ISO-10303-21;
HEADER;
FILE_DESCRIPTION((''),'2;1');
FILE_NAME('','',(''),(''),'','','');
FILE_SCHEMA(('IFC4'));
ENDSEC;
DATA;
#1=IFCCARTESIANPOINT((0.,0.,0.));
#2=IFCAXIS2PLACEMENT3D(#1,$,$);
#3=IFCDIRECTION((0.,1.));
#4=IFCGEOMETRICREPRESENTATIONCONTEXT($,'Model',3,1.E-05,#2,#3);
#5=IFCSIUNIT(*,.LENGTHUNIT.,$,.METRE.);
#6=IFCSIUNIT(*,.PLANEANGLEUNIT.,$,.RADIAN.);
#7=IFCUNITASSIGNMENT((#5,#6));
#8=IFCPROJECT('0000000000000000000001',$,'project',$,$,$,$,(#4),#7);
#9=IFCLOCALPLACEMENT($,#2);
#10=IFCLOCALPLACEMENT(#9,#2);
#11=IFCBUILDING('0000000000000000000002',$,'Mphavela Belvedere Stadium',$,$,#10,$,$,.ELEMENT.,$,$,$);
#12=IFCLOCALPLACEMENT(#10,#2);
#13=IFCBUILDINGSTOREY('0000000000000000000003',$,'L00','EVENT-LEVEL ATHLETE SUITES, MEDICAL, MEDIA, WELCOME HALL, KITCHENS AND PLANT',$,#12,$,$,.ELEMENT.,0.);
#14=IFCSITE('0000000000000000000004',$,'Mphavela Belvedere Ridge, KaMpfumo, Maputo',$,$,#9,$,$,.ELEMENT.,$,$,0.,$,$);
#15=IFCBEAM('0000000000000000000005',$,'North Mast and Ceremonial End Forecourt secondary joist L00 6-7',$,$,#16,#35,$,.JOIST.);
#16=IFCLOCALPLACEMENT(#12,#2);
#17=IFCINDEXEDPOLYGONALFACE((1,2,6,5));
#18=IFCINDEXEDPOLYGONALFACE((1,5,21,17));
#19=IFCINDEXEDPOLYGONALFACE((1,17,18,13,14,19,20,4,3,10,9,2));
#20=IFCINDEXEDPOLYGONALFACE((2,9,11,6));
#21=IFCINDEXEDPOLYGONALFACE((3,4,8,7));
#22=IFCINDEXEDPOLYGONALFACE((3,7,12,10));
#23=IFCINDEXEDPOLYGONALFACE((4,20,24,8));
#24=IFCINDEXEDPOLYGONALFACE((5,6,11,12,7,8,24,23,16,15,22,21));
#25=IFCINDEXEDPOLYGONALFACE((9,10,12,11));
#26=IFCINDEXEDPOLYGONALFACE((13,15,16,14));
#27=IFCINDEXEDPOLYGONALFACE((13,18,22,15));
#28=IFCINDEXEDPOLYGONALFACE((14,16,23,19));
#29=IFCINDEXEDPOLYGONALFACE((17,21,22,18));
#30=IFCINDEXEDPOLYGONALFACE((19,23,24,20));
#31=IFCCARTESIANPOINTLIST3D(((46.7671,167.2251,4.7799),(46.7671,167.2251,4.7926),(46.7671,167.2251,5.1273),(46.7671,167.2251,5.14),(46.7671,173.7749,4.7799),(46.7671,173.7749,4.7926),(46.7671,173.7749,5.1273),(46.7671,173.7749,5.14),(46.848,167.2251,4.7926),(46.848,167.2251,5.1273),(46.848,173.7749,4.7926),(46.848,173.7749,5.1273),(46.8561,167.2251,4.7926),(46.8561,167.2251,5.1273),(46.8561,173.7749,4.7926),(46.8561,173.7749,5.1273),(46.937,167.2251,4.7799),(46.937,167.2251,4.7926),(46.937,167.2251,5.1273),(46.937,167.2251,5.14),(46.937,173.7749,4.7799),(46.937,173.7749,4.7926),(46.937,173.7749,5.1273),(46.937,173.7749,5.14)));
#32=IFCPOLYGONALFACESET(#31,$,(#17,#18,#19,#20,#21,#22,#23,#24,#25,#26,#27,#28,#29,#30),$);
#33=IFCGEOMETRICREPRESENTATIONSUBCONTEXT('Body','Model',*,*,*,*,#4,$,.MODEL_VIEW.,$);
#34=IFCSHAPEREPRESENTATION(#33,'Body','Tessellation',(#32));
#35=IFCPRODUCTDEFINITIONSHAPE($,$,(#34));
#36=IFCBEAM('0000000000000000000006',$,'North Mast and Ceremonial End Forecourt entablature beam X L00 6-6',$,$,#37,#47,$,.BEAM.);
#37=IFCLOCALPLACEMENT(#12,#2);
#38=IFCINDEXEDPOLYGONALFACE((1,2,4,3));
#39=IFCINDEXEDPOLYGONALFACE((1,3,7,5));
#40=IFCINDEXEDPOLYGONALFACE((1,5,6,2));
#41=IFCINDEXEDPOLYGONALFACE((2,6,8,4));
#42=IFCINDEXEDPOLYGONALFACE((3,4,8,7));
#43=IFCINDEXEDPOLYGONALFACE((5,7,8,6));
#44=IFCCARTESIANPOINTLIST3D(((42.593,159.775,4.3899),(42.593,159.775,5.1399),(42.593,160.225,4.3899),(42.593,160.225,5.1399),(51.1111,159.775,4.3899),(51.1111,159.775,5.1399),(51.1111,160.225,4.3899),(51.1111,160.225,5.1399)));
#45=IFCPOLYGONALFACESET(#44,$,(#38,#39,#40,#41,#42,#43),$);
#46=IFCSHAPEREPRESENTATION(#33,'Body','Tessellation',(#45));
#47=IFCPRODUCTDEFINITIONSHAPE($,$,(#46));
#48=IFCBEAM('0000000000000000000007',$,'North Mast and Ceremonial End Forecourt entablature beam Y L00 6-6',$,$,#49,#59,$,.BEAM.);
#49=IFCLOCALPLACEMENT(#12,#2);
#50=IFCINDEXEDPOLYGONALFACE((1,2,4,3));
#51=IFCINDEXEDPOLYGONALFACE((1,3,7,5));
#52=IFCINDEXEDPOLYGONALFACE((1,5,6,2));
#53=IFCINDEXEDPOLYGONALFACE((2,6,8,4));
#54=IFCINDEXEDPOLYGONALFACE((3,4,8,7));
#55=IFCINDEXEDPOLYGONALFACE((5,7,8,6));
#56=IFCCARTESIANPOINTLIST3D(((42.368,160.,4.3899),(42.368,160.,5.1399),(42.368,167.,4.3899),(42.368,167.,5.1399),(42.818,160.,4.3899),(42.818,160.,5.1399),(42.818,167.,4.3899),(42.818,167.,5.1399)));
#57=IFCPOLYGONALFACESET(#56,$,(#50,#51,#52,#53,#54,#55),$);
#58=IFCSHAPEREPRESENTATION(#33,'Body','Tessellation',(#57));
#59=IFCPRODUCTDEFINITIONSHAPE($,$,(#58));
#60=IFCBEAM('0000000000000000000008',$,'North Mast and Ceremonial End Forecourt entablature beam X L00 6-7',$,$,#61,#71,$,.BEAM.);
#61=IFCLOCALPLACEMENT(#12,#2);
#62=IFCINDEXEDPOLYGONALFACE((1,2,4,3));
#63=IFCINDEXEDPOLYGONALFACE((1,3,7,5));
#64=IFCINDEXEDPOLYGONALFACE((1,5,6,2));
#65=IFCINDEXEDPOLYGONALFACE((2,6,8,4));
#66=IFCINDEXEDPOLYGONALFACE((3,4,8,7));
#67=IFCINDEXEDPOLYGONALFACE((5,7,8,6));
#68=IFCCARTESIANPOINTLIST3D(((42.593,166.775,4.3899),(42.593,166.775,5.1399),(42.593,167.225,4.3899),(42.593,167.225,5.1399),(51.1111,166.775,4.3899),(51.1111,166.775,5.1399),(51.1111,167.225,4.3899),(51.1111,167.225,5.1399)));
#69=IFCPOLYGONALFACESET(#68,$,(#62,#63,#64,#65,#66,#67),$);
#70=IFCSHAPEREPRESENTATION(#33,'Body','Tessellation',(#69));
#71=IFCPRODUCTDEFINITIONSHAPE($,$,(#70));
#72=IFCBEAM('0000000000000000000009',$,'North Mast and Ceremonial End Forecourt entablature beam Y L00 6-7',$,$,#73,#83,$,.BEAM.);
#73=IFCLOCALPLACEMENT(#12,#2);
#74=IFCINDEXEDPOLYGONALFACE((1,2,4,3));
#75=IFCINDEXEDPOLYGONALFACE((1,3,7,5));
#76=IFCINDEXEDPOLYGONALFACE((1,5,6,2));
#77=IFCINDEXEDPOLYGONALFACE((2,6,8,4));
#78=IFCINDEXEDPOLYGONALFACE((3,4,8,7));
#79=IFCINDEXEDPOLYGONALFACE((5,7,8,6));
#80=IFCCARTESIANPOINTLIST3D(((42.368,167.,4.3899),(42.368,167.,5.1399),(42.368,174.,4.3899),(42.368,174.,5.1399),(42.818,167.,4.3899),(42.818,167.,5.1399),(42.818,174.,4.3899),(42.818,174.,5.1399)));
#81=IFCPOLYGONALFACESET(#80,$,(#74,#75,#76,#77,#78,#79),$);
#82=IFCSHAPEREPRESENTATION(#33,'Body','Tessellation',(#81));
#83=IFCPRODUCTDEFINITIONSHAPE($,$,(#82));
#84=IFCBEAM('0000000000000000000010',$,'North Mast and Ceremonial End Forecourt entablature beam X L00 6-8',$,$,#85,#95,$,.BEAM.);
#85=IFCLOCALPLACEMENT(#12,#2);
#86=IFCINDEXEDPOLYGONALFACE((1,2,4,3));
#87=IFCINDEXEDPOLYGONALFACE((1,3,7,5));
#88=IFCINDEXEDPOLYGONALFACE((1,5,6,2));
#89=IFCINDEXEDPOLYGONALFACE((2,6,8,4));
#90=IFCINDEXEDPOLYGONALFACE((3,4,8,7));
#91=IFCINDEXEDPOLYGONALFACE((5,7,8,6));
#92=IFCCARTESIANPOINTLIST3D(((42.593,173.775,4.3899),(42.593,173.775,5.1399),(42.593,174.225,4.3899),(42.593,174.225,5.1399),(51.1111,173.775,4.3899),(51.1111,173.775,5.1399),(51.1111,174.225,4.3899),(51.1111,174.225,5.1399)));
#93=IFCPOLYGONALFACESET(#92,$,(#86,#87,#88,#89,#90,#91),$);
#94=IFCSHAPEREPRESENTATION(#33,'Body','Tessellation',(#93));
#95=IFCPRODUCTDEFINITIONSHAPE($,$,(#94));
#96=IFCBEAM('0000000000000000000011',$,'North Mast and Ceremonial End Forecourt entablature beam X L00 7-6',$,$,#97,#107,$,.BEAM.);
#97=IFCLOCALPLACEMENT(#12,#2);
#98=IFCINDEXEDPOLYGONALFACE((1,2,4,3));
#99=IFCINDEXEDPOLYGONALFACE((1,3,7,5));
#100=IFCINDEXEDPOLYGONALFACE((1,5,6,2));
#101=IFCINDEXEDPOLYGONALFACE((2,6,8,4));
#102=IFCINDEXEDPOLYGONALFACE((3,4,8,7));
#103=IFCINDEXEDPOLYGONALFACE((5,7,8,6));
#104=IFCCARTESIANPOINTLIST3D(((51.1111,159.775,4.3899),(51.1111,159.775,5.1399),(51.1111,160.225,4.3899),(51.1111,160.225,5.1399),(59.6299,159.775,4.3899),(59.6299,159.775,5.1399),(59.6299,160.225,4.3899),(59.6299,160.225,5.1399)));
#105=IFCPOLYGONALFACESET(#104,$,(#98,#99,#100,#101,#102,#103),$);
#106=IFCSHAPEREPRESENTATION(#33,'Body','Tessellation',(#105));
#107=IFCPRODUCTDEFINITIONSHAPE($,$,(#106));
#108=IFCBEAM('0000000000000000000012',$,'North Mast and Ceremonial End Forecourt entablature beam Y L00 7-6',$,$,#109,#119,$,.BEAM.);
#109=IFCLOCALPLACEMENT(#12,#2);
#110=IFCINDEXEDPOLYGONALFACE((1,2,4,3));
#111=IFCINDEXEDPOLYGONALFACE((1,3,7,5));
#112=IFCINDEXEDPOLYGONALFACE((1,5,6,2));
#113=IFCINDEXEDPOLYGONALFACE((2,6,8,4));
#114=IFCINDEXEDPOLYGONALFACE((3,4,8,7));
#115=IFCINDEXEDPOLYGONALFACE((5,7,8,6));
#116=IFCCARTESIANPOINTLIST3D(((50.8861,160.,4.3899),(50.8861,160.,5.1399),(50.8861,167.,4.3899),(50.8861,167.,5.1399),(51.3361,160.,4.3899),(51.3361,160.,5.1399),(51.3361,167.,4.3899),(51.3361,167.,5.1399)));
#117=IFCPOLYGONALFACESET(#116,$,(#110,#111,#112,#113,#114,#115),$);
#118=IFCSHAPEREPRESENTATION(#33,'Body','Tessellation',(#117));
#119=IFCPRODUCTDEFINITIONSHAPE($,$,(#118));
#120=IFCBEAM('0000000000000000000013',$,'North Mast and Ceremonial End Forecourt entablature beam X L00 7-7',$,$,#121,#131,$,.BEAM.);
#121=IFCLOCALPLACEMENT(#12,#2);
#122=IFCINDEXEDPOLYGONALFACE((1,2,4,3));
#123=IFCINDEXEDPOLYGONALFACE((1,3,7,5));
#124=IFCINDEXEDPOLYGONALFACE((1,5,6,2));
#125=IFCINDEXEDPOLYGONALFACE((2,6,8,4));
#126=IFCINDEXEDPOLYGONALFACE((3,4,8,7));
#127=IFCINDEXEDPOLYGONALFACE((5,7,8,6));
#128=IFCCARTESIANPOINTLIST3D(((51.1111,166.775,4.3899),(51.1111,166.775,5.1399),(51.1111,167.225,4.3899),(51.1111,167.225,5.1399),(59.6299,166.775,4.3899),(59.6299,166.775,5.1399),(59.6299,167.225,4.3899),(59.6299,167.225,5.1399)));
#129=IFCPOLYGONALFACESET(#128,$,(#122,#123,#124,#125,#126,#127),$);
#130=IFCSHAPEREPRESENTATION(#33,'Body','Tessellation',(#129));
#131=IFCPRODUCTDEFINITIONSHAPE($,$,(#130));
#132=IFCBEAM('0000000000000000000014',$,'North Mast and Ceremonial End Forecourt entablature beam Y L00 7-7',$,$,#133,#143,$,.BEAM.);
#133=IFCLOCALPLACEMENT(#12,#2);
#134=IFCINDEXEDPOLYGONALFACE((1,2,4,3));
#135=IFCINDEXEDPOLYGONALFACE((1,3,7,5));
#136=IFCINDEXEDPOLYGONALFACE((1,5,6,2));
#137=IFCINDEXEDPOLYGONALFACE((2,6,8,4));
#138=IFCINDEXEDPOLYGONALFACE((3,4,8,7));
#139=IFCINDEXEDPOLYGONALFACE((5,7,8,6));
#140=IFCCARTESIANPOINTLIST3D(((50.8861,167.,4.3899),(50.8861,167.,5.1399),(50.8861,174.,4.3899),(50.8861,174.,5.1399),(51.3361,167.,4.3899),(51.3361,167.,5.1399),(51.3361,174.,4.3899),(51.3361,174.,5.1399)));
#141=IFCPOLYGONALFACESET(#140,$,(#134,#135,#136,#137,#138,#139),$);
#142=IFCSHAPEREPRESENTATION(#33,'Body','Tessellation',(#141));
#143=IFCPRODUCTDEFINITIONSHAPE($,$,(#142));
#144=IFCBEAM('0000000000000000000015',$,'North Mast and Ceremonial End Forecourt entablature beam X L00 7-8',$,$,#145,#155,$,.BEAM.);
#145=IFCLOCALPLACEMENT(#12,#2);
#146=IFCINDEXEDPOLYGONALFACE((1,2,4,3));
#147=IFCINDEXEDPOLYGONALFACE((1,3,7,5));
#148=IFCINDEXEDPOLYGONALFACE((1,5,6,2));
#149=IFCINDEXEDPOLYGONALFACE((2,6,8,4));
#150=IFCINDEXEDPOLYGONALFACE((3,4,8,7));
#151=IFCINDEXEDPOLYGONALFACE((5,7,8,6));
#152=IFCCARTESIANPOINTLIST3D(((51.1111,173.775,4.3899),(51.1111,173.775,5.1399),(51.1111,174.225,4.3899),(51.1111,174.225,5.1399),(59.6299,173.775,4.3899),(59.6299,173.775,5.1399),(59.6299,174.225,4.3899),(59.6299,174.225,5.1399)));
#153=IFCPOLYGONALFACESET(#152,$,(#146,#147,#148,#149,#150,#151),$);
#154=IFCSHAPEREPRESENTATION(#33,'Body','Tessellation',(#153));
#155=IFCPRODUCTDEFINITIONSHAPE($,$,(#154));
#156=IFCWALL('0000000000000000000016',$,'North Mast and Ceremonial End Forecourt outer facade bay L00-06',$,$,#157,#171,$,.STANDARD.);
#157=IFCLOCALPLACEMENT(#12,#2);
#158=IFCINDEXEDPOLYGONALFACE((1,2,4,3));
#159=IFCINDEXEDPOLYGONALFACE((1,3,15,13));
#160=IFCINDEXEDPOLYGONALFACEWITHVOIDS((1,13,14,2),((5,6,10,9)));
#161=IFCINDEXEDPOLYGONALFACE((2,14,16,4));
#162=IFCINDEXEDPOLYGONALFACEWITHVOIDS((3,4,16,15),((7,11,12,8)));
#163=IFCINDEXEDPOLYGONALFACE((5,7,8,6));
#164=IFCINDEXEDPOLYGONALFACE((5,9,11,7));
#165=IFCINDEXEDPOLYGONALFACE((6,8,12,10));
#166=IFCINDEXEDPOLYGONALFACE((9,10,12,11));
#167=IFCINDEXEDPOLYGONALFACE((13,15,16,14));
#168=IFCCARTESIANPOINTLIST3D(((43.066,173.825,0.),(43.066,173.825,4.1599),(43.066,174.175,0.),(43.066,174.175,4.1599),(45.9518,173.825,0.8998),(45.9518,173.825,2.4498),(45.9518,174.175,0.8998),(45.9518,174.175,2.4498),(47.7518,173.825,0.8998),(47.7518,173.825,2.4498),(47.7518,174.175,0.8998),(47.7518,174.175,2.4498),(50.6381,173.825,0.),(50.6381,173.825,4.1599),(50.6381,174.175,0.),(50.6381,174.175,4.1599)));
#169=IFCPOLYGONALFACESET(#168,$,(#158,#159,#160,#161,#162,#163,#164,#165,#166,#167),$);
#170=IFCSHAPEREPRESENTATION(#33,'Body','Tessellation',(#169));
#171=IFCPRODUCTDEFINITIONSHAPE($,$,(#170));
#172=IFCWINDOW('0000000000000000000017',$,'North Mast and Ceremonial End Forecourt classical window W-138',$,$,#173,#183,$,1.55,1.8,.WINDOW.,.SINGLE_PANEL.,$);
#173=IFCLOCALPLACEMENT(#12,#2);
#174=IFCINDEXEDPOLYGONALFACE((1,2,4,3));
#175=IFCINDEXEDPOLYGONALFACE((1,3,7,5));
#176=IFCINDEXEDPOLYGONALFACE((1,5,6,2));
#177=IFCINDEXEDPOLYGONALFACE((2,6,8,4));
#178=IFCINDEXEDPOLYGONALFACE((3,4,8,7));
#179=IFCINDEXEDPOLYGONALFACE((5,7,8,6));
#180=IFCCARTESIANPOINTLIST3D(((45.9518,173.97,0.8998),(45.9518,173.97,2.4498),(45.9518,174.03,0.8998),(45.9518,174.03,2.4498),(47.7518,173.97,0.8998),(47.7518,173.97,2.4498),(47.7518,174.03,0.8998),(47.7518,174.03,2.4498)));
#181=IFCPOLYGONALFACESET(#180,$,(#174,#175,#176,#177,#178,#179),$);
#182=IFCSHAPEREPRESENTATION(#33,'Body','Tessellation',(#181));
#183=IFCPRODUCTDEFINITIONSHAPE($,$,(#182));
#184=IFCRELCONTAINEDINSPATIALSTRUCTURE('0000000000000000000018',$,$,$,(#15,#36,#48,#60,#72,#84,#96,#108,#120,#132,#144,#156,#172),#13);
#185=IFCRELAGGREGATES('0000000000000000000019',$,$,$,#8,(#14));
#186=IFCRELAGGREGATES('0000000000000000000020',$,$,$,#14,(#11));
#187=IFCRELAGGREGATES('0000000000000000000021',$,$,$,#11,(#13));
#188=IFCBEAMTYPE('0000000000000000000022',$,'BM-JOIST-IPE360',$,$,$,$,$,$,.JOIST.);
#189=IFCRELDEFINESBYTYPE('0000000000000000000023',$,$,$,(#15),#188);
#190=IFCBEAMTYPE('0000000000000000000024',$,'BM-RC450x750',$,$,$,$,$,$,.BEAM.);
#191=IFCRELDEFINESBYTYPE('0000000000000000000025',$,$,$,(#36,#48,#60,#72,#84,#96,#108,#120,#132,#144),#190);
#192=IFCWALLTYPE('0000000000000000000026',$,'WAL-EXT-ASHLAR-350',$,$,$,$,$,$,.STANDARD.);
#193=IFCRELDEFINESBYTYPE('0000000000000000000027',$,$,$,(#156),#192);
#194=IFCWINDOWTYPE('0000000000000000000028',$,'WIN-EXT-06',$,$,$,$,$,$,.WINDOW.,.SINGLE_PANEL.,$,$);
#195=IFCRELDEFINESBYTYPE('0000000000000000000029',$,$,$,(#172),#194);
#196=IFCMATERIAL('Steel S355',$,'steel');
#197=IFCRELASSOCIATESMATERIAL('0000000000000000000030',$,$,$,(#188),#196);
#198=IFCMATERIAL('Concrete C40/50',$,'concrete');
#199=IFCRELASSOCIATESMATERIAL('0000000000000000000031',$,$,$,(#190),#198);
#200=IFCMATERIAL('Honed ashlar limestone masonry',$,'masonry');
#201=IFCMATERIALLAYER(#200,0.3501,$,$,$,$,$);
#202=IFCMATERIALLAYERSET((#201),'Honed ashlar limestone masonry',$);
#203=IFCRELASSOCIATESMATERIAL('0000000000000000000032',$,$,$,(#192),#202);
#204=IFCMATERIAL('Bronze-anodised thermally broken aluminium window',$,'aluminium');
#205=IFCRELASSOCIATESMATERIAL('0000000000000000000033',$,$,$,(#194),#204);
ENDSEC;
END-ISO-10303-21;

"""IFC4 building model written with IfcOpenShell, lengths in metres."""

from ifc_helpers import new_model, si_unit, direction, frame, frame_2d, origin, origin_2d, place, context, subcontext, project, spatial, rectangle, i_section, extrude, material, layer, layer_set, material_profile, profile_set, type_object, element, fill, save


model = new_model("IFC4")

# Units and contexts
model_context = context("Model", 3, precision=1e-05, world=origin(), true_north=direction((0.0, 1.0)))
body_context = subcontext(model_context, "Body", "Model", "MODEL_VIEW")
ifc_project = project(units=[si_unit("LENGTHUNIT", "METRE"), si_unit("PLANEANGLEUNIT", "RADIAN")], contexts=[model_context])

# Site, building, storey
site_placement = place(None, origin())
site = spatial("IfcSite", under=ifc_project, at=site_placement, Name="Mphavela Belvedere Ridge, KaMpfumo, Maputo", CompositionType="ELEMENT", RefElevation=0.0)
building_placement = place(site_placement, origin())
building = spatial("IfcBuilding", under=site, at=building_placement, Name="Mphavela Belvedere Stadium", CompositionType="ELEMENT")
storey_placement = place(building_placement, origin())
storey = spatial("IfcBuildingStorey", under=building, at=storey_placement, Name="L00", Description="EVENT-LEVEL ATHLETE SUITES, MEDICAL, MEDIA, WELCOME HALL, KITCHENS AND PLANT", CompositionType="ELEMENT", Elevation=0.0)

# Beams
ifc_material_1 = material(Name="Steel S355", Category="steel")
ifc_material_profile_1 = material_profile(ifc_material_1, i_section(OverallWidth=0.1699, OverallDepth=0.3601, WebThickness=0.0081, FlangeThickness=0.0127, at=origin_2d()), Name="IPE 360")
ifc_profile_set_1 = profile_set([ifc_material_profile_1], Name="Steel S355")
beam_type_1 = type_object("IfcBeamType", Name="BM-JOIST-IPE360", PredefinedType="JOIST", material=ifc_profile_set_1)
for number, where, z_axis, x_axis, name in (
    (1, (46.8521, 167.2251, 4.96), (0.0, 1.0, 0.0), (-1.0, 0.0, 0.0), "North Mast and Ceremonial End Forecourt secondary joist L00 6-7"),
):
    element("IfcBeam", number, at=place(storey_placement, frame(where, z_axis=z_axis, x_axis=x_axis)), inside=storey, type_object=beam_type_1, Name=name, PredefinedType="JOIST", context=body_context, shape_type="SweptSolid", body=[
        extrude(i_section(OverallWidth=0.1699, OverallDepth=0.3601, WebThickness=0.0081, FlangeThickness=0.0127, at=origin_2d()), origin(), (0.0, 0.0, 1.0), 6.5498),
    ])
ifc_material_2 = material(Name="Concrete C40/50", Category="concrete")
ifc_material_profile_2 = material_profile(ifc_material_2, rectangle(XDim=0.45, YDim=0.75, at=origin_2d()), Name="RC 450x750")
ifc_profile_set_2 = profile_set([ifc_material_profile_2], Name="Concrete C40/50")
beam_type_2 = type_object("IfcBeamType", Name="BM-RC450x750", PredefinedType="BEAM", material=ifc_profile_set_2)
beam_1_placement = place(storey_placement, frame((42.593, 160.0, 4.7649), z_axis=(1.0, 0.0, 0.0), x_axis=(0.0, 1.0, 0.0)))
element("IfcBeam", 2, at=beam_1_placement, inside=storey, type_object=beam_type_2, Name="North Mast and Ceremonial End Forecourt entablature beam X L00 6-6", PredefinedType="BEAM", context=body_context, shape_type="SweptSolid", body=[
    extrude(rectangle(XDim=0.45, YDim=0.75, at=origin_2d()), origin(), (0.0, 0.0, 1.0), 8.5181),
])
beam_2_placement = place(storey_placement, frame((42.593, 160.0, 4.7649), z_axis=(0.0, 1.0, 0.0), x_axis=(-1.0, 0.0, 0.0)))
element("IfcBeam", 3, at=beam_2_placement, inside=storey, type_object=beam_type_2, Name="North Mast and Ceremonial End Forecourt entablature beam Y L00 6-6", PredefinedType="BEAM", context=body_context, shape_type="SweptSolid", body=[
    extrude(rectangle(XDim=0.45, YDim=0.75, at=origin_2d()), origin(), (0.0, 0.0, 1.0), 7.0),
])
beam_3_placement = place(storey_placement, frame((42.593, 167.0, 4.7649), z_axis=(1.0, 0.0, 0.0), x_axis=(0.0, 1.0, 0.0)))
element("IfcBeam", 4, at=beam_3_placement, inside=storey, type_object=beam_type_2, Name="North Mast and Ceremonial End Forecourt entablature beam X L00 6-7", PredefinedType="BEAM", context=body_context, shape_type="SweptSolid", body=[
    extrude(rectangle(XDim=0.45, YDim=0.75, at=origin_2d()), origin(), (0.0, 0.0, 1.0), 8.5181),
])
beam_4_placement = place(storey_placement, frame((42.593, 167.0, 4.7649), z_axis=(0.0, 1.0, 0.0), x_axis=(-1.0, 0.0, 0.0)))
element("IfcBeam", 5, at=beam_4_placement, inside=storey, type_object=beam_type_2, Name="North Mast and Ceremonial End Forecourt entablature beam Y L00 6-7", PredefinedType="BEAM", context=body_context, shape_type="SweptSolid", body=[
    extrude(rectangle(XDim=0.45, YDim=0.75, at=origin_2d()), origin(), (0.0, 0.0, 1.0), 7.0),
])
beam_5_placement = place(storey_placement, frame((42.593, 174.0, 4.7649), z_axis=(1.0, 0.0, 0.0), x_axis=(0.0, 1.0, 0.0)))
element("IfcBeam", 6, at=beam_5_placement, inside=storey, type_object=beam_type_2, Name="North Mast and Ceremonial End Forecourt entablature beam X L00 6-8", PredefinedType="BEAM", context=body_context, shape_type="SweptSolid", body=[
    extrude(rectangle(XDim=0.45, YDim=0.75, at=origin_2d()), origin(), (0.0, 0.0, 1.0), 8.5181),
])
beam_6_placement = place(storey_placement, frame((51.1111, 160.0, 4.7649), z_axis=(1.0, 0.0, 0.0), x_axis=(0.0, 1.0, 0.0)))
element("IfcBeam", 7, at=beam_6_placement, inside=storey, type_object=beam_type_2, Name="North Mast and Ceremonial End Forecourt entablature beam X L00 7-6", PredefinedType="BEAM", context=body_context, shape_type="SweptSolid", body=[
    extrude(rectangle(XDim=0.45, YDim=0.75, at=origin_2d()), origin(), (0.0, 0.0, 1.0), 8.5188),
])
beam_7_placement = place(storey_placement, frame((51.1111, 160.0, 4.7649), z_axis=(0.0, 1.0, 0.0), x_axis=(-1.0, 0.0, 0.0)))
element("IfcBeam", 8, at=beam_7_placement, inside=storey, type_object=beam_type_2, Name="North Mast and Ceremonial End Forecourt entablature beam Y L00 7-6", PredefinedType="BEAM", context=body_context, shape_type="SweptSolid", body=[
    extrude(rectangle(XDim=0.45, YDim=0.75, at=origin_2d()), origin(), (0.0, 0.0, 1.0), 7.0),
])
beam_8_placement = place(storey_placement, frame((51.1111, 167.0, 4.7649), z_axis=(1.0, 0.0, 0.0), x_axis=(0.0, 1.0, 0.0)))
element("IfcBeam", 9, at=beam_8_placement, inside=storey, type_object=beam_type_2, Name="North Mast and Ceremonial End Forecourt entablature beam X L00 7-7", PredefinedType="BEAM", context=body_context, shape_type="SweptSolid", body=[
    extrude(rectangle(XDim=0.45, YDim=0.75, at=origin_2d()), origin(), (0.0, 0.0, 1.0), 8.5188),
])
beam_9_placement = place(storey_placement, frame((51.1111, 167.0, 4.7649), z_axis=(0.0, 1.0, 0.0), x_axis=(-1.0, 0.0, 0.0)))
element("IfcBeam", 10, at=beam_9_placement, inside=storey, type_object=beam_type_2, Name="North Mast and Ceremonial End Forecourt entablature beam Y L00 7-7", PredefinedType="BEAM", context=body_context, shape_type="SweptSolid", body=[
    extrude(rectangle(XDim=0.45, YDim=0.75, at=origin_2d()), origin(), (0.0, 0.0, 1.0), 7.0),
])
beam_10_placement = place(storey_placement, frame((51.1111, 174.0, 4.7649), z_axis=(1.0, 0.0, 0.0), x_axis=(0.0, 1.0, 0.0)))
element("IfcBeam", 11, at=beam_10_placement, inside=storey, type_object=beam_type_2, Name="North Mast and Ceremonial End Forecourt entablature beam X L00 7-8", PredefinedType="BEAM", context=body_context, shape_type="SweptSolid", body=[
    extrude(rectangle(XDim=0.45, YDim=0.75, at=origin_2d()), origin(), (0.0, 0.0, 1.0), 8.5188),
])

# Wall, opening, window
ifc_material_3 = material(Name="Honed ashlar limestone masonry", Category="masonry")
ifc_layer_1 = layer(ifc_material_3, 0.3501)
ifc_layer_set_1 = layer_set([ifc_layer_1], Name="Honed ashlar limestone masonry")
wall_type_1 = type_object("IfcWallType", Name="WAL-EXT-ASHLAR-350", PredefinedType="STANDARD", material=ifc_layer_set_1)
wall_1_placement = place(storey_placement, frame((43.0659, 174.0, 0.0), z_axis=(0.0, 0.0, 1.0), x_axis=(1.0, 0.0, 0.0)))
wall_1 = element("IfcWall", 12, at=wall_1_placement, inside=storey, type_object=wall_type_1, Name="North Mast and Ceremonial End Forecourt outer facade bay L00-06", PredefinedType="STANDARD", context=body_context, shape_type="SweptSolid", body=[
    extrude(rectangle(XDim=7.572, YDim=0.3501, at=frame_2d((3.7861, 0.0))), origin(), (0.0, 0.0, 1.0), 4.1599),
])
opening_1_placement = place(wall_1_placement, frame((2.886, 0.0, 0.8999)))
opening_1 = element("IfcOpeningElement", 13, at=opening_1_placement, cuts=wall_1, PredefinedType="OPENING", context=body_context, shape_type="SweptSolid", body=[
    extrude(rectangle(XDim=1.8, YDim=1.55, at=frame_2d((0.8999, 0.7749))), frame((0.0, 0.1851, 0.0), z_axis=(0.0, -1.0, 0.0), x_axis=(1.0, 0.0, 0.0)), (0.0, 0.0, 1.0), 0.3701),
])
ifc_material_4 = material(Name="Bronze-anodised thermally broken aluminium window", Category="aluminium")
window_type = type_object("IfcWindowType", Name="WIN-EXT-06", PartitioningType="SINGLE_PANEL", PredefinedType="WINDOW", material=ifc_material_4)
window_placement = place(opening_1_placement, origin())
window = element("IfcWindow", 14, at=window_placement, inside=storey, type_object=window_type, Name="North Mast and Ceremonial End Forecourt classical window W-138", OverallHeight=1.55, OverallWidth=1.8, PartitioningType="SINGLE_PANEL", PredefinedType="WINDOW", context=body_context, shape_type="SweptSolid", body=[
    extrude(rectangle(XDim=1.8, YDim=1.55, at=frame_2d((0.8999, 0.7749))), frame((0.0, 0.03, 0.0), z_axis=(0.0, -1.0, 0.0), x_axis=(1.0, 0.0, 0.0)), (0.0, 0.0, 1.0), 0.0601),
])
fill(opening_1, window)

save(model, "model.ifc")
